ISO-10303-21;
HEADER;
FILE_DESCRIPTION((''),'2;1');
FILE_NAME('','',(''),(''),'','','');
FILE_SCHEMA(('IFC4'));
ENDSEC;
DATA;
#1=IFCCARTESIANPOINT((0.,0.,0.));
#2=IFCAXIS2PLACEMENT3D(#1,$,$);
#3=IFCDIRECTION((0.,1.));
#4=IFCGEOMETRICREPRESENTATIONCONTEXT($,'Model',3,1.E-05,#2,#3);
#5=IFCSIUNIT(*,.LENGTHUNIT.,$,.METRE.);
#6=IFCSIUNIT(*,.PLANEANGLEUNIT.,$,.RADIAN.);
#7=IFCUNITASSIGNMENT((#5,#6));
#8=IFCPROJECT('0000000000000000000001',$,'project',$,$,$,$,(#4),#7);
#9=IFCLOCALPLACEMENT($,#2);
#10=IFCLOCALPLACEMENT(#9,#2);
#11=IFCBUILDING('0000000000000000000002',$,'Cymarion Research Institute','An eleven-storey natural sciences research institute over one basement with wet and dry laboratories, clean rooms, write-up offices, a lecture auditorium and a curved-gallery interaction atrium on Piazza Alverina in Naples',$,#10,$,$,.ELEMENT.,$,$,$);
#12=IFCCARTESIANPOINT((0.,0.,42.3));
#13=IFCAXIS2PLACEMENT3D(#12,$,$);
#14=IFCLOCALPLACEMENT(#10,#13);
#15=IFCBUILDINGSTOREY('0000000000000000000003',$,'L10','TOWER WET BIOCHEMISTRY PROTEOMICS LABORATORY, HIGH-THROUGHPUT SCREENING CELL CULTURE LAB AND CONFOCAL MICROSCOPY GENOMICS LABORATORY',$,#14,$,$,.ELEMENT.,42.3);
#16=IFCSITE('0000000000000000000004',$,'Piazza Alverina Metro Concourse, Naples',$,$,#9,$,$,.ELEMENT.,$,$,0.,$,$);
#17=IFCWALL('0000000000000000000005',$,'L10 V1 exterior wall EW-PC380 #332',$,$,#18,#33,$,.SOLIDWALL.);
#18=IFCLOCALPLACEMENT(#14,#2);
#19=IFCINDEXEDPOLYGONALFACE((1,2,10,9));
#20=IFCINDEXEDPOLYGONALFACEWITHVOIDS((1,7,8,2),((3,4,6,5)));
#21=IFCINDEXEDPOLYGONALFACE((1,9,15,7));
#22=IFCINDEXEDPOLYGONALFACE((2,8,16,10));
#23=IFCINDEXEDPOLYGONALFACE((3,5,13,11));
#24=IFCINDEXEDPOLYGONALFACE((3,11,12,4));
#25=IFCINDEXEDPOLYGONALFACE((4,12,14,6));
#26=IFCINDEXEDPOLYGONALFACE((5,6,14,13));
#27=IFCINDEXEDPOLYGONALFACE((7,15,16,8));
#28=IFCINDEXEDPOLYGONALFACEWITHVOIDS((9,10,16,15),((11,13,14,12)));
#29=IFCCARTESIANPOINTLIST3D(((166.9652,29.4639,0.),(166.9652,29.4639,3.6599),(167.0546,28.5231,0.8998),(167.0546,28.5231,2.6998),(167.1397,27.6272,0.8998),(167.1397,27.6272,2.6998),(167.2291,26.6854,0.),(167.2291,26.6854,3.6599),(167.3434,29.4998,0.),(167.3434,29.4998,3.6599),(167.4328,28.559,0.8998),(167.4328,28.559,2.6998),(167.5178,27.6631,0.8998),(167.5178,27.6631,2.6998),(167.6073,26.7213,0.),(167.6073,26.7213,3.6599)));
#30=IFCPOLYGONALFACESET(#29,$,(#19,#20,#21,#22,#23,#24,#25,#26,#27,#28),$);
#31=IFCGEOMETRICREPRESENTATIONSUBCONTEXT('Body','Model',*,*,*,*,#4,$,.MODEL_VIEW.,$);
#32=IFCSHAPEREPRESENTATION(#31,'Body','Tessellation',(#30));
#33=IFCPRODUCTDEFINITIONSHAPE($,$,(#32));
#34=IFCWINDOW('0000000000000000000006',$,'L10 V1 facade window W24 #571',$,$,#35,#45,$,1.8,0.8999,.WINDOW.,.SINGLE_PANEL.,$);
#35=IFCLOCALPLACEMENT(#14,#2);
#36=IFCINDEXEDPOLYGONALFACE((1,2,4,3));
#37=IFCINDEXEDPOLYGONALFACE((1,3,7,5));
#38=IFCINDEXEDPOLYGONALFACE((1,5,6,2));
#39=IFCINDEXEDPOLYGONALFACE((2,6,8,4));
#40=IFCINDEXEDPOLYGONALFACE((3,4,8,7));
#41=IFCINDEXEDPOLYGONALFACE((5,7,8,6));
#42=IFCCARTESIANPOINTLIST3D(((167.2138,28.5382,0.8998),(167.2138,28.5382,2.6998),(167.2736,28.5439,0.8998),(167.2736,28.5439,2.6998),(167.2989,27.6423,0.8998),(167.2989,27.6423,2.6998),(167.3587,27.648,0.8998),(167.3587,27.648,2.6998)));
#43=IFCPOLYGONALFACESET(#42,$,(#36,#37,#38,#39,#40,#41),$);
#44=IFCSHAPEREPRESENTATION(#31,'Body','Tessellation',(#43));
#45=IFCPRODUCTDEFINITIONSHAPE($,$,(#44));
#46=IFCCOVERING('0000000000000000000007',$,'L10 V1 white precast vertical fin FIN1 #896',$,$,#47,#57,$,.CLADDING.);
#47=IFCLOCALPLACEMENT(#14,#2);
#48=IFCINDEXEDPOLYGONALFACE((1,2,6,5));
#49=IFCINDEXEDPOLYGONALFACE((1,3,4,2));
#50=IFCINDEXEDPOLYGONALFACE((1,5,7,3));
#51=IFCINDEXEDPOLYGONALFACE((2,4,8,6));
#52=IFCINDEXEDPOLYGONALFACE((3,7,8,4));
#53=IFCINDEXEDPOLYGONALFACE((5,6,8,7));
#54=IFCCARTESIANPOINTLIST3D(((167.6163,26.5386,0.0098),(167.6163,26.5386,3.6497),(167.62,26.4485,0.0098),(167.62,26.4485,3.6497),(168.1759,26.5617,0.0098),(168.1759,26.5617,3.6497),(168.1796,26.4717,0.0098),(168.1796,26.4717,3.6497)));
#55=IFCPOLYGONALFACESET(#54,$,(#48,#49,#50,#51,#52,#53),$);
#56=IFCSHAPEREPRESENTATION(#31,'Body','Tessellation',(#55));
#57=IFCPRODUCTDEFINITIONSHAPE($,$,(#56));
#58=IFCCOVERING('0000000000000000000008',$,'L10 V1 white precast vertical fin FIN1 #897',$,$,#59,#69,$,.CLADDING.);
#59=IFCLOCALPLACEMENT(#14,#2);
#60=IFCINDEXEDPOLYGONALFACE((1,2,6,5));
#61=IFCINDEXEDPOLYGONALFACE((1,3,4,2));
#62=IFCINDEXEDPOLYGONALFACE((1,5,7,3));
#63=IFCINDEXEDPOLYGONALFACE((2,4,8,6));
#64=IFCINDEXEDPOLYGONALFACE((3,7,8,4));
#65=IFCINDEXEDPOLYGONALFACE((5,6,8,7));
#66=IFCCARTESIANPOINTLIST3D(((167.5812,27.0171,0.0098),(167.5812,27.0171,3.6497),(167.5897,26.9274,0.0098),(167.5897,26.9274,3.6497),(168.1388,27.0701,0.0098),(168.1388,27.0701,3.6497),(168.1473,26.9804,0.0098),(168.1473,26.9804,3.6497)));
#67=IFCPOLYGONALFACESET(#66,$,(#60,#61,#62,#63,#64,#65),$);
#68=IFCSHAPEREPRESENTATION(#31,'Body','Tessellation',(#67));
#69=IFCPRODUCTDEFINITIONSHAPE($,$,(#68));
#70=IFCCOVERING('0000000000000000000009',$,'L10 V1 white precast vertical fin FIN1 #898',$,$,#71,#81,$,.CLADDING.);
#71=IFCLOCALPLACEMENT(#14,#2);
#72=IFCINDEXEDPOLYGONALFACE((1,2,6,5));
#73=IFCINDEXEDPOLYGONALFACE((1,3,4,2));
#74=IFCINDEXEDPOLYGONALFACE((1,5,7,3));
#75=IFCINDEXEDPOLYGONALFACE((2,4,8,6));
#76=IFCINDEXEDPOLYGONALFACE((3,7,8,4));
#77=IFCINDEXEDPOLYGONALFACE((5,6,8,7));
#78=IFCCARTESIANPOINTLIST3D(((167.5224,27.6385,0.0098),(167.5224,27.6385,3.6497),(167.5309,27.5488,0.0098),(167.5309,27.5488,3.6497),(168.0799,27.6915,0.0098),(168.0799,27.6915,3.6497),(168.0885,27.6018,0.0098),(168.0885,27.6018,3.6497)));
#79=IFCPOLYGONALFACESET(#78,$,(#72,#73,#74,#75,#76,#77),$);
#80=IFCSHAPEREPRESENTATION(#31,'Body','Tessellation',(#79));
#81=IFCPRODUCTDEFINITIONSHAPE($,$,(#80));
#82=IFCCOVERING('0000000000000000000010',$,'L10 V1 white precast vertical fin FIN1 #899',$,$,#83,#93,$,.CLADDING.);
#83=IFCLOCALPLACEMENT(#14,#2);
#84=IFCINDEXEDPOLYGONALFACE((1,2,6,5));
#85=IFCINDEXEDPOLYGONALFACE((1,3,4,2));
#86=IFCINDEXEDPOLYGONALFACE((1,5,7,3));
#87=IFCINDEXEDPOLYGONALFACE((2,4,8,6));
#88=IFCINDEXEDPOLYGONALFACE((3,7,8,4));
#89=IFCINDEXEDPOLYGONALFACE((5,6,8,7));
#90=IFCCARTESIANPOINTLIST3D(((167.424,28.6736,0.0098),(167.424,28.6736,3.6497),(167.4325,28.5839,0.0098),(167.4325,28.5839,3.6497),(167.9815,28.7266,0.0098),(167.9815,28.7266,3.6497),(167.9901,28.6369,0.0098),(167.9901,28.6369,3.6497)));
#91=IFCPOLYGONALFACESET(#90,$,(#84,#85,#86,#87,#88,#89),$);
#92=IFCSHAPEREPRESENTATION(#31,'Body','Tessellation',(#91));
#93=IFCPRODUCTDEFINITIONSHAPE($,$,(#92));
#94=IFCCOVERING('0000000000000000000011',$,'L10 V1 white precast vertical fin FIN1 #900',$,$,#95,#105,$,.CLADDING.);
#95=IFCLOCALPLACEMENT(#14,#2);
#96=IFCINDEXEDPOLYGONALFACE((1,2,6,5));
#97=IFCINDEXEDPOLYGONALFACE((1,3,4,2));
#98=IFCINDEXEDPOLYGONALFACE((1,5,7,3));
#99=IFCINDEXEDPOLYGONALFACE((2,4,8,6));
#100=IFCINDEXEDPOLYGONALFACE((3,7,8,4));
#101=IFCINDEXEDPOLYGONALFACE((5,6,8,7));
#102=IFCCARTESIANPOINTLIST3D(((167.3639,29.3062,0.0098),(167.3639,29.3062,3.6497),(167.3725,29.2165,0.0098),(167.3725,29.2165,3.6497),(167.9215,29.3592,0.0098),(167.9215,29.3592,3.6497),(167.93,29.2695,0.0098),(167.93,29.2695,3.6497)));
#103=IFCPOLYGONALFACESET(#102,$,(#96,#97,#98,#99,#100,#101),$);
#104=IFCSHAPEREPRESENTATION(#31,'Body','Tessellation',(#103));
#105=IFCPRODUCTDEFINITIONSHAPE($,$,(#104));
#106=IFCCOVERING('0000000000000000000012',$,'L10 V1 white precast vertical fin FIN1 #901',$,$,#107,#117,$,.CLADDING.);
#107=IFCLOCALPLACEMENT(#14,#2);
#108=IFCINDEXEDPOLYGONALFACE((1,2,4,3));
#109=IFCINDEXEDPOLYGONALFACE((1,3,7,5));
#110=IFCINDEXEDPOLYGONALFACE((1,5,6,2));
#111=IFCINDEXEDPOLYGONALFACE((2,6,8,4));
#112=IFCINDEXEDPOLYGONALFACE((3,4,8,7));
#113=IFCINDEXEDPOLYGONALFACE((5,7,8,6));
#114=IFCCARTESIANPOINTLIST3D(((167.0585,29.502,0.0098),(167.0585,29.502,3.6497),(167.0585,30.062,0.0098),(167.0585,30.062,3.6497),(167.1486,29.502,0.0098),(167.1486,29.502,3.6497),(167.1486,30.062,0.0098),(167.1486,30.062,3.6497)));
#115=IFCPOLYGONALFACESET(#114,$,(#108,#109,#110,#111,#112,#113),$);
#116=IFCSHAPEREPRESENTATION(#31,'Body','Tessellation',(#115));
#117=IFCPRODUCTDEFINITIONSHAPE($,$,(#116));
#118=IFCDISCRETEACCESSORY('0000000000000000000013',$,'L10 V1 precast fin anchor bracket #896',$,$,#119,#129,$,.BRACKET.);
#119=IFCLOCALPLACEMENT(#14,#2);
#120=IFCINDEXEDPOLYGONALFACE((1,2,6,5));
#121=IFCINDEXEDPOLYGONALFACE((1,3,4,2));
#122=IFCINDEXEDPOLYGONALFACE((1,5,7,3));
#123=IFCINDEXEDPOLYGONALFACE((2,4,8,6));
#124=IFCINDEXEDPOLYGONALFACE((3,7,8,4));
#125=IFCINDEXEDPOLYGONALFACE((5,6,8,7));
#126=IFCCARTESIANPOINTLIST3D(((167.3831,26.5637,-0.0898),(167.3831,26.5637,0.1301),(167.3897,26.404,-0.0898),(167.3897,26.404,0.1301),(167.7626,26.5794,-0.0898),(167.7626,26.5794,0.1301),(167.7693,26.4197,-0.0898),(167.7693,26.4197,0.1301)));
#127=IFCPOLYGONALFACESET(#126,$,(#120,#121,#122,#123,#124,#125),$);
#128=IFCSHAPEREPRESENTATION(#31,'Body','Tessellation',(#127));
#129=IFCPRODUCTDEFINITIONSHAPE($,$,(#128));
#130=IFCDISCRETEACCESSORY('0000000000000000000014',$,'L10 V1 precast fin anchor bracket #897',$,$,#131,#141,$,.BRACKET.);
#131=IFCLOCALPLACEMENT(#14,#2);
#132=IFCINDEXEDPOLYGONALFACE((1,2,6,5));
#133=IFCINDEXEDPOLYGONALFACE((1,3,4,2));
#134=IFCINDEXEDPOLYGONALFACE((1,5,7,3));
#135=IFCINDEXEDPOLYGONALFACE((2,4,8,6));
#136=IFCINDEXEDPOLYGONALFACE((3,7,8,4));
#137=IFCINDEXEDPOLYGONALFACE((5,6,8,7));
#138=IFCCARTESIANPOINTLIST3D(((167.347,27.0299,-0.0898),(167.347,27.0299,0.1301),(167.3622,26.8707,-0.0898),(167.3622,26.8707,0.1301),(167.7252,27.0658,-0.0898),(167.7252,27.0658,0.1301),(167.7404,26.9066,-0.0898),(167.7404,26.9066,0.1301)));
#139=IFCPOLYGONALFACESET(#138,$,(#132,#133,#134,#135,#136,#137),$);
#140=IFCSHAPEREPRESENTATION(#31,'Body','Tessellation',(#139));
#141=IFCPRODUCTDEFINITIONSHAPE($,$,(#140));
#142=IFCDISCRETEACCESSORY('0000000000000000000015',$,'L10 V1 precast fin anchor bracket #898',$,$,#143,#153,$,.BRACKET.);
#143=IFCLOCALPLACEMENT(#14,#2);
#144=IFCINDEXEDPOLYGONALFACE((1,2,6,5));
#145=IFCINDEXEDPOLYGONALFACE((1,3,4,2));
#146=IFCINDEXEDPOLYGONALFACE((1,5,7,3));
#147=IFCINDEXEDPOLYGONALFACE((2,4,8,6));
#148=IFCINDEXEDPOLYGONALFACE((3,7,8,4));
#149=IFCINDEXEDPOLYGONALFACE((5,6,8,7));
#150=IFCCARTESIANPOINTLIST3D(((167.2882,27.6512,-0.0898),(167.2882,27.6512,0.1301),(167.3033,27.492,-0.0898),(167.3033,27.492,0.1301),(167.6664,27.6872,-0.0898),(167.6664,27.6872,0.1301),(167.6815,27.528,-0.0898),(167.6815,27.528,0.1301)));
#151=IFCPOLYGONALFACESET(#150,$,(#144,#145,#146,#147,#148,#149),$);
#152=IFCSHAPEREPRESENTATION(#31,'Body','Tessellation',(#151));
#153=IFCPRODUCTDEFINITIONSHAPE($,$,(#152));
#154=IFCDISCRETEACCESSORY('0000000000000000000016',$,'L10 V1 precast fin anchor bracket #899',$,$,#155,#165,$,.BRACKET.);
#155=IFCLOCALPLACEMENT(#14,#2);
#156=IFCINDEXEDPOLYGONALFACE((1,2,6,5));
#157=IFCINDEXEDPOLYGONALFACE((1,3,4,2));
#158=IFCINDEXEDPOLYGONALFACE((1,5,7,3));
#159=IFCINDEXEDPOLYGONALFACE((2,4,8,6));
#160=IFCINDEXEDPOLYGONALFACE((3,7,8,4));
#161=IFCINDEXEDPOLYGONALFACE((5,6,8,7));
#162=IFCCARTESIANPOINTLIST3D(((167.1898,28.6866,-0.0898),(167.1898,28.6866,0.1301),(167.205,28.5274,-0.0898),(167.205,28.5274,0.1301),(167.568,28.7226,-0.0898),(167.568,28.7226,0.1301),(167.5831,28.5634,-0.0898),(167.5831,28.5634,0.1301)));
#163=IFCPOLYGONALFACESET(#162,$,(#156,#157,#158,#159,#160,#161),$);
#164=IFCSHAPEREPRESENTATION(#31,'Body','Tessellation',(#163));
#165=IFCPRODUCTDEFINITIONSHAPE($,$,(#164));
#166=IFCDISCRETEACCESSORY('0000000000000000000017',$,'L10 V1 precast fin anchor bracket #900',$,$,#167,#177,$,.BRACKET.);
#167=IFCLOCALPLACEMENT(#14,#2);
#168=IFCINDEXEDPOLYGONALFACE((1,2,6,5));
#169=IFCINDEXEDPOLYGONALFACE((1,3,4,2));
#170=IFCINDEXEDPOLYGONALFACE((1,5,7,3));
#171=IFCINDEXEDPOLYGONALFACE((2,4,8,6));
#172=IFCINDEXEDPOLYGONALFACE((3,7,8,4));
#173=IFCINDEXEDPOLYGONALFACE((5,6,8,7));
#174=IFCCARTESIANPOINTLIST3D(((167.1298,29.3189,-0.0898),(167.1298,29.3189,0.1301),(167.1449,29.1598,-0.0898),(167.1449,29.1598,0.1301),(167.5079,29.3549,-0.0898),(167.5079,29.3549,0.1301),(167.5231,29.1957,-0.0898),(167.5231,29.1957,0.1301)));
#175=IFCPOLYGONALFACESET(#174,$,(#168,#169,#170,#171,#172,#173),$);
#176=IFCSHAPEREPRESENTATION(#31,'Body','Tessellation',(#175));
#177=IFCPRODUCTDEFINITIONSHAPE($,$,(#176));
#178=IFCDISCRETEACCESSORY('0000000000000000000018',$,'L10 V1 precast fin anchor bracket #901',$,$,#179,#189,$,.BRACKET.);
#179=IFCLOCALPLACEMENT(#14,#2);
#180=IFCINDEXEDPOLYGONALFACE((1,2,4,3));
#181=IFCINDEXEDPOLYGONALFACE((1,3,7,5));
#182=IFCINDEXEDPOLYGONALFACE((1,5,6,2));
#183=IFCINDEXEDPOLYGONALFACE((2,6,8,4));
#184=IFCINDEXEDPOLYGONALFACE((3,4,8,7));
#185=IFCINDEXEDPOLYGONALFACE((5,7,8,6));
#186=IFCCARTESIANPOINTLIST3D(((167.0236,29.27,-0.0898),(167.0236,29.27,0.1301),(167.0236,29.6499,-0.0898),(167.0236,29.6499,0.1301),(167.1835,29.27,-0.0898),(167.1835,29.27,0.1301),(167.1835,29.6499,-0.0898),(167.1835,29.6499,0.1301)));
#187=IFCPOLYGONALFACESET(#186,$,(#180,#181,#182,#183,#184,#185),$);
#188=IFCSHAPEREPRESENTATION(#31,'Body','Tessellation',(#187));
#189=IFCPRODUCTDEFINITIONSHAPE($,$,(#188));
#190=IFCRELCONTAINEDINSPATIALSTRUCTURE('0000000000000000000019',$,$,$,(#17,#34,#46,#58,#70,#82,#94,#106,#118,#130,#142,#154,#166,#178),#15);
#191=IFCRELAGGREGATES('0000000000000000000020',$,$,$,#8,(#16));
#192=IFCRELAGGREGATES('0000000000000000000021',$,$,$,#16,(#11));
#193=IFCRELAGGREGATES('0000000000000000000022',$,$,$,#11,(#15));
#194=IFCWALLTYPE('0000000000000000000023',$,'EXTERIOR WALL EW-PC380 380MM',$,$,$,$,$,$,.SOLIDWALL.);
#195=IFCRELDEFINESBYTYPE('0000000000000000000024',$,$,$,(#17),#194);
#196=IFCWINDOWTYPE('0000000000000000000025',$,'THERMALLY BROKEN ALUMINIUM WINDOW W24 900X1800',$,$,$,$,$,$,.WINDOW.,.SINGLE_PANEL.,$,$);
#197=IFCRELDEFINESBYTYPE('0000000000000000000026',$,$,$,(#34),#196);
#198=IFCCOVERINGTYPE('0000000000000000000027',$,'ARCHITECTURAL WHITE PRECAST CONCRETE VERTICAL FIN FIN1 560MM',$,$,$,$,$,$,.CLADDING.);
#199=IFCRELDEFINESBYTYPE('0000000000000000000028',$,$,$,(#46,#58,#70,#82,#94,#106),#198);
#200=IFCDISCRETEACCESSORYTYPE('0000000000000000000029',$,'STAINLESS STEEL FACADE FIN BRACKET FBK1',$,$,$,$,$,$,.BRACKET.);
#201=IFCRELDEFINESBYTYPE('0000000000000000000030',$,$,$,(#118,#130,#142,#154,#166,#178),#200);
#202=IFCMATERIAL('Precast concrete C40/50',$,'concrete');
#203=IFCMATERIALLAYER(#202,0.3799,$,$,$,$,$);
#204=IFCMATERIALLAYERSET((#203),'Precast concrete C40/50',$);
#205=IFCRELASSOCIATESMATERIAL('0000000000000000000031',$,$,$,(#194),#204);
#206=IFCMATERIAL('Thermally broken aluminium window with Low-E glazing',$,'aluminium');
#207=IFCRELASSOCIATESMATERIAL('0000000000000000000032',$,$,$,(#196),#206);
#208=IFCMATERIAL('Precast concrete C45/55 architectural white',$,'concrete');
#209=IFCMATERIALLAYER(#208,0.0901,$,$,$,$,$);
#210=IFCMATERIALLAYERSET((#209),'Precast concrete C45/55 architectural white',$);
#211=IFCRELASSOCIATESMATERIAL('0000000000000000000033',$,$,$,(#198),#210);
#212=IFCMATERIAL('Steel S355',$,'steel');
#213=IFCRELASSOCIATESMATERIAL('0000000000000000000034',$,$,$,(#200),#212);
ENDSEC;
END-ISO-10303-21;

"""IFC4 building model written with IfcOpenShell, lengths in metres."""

from ifc_helpers import new_model, si_unit, direction, frame, frame_2d, origin, origin_2d, place, context, subcontext, project, spatial, rectangle, extrude, material, layer, layer_set, type_object, element, fill, save


model = new_model("IFC4")

# Units and contexts
model_context = context("Model", 3, precision=1e-05, world=origin(), true_north=direction((0.0, 1.0)))
body_context = subcontext(model_context, "Body", "Model", "MODEL_VIEW")
ifc_project = project(units=[si_unit("LENGTHUNIT", "METRE"), si_unit("PLANEANGLEUNIT", "RADIAN")], contexts=[model_context])

# Site, building, storey
site_placement = place(None, origin())
site = spatial("IfcSite", under=ifc_project, at=site_placement, Name="Piazza Alverina Metro Concourse, Naples", CompositionType="ELEMENT", RefElevation=0.0)
building_placement = place(site_placement, origin())
building = spatial("IfcBuilding", under=site, at=building_placement, Name="Cymarion Research Institute", Description="An eleven-storey natural sciences research institute over one basement with wet and dry laboratories, clean rooms, write-up offices, a lecture auditorium and a curved-gallery interaction atrium on Piazza Alverina in Naples", CompositionType="ELEMENT")
storey_placement = place(building_placement, frame((0.0, 0.0, 42.3)))
storey = spatial("IfcBuildingStorey", under=building, at=storey_placement, Name="L10", Description="TOWER WET BIOCHEMISTRY PROTEOMICS LABORATORY, HIGH-THROUGHPUT SCREENING CELL CULTURE LAB AND CONFOCAL MICROSCOPY GENOMICS LABORATORY", CompositionType="ELEMENT", Elevation=42.3)

# Wall, opening, window
ifc_material_1 = material(Name="Precast concrete C40/50", Category="concrete")
ifc_layer_1 = layer(ifc_material_1, 0.3799)
ifc_layer_set_1 = layer_set([ifc_layer_1], Name="Precast concrete C40/50")
wall_type = type_object("IfcWallType", Name="EXTERIOR WALL EW-PC380 380MM", PredefinedType="SOLIDWALL", material=ifc_layer_set_1)
wall_placement = place(storey_placement, frame((167.4182, 26.7034, 0.0), z_axis=(0.0, 0.0, 1.0), x_axis=(-0.094557, 0.995519, 0.0)))
wall = element("IfcWall", 1, at=wall_placement, inside=storey, type_object=wall_type, Name="L10 V1 exterior wall EW-PC380 #332", PredefinedType="SOLIDWALL", context=body_context, shape_type="SweptSolid", body=[
    extrude(rectangle(XDim=2.791, YDim=0.3799, at=frame_2d((1.3955, 0.0))), origin(), (0.0, 0.0, 1.0), 3.6599),
])
opening_placement = place(wall_placement, frame((0.946, 0.0, 0.8999)))
opening = element("IfcOpeningElement", 2, at=opening_placement, cuts=wall, PredefinedType="OPENING", context=body_context, shape_type="SweptSolid", body=[
    extrude(rectangle(XDim=0.8999, YDim=1.8, at=frame_2d((0.45, 0.8999))), frame((0.0, 0.2, 0.0), z_axis=(0.0, -1.0, 0.0), x_axis=(1.0, 0.0, 0.0)), (0.0, 0.0, 1.0), 0.3999),
])
ifc_material_2 = material(Name="Thermally broken aluminium window with Low-E glazing", Category="aluminium")
window_type = type_object("IfcWindowType", Name="THERMALLY BROKEN ALUMINIUM WINDOW W24 900X1800", PartitioningType="SINGLE_PANEL", PredefinedType="WINDOW", material=ifc_material_2)
window_placement = place(opening_placement, origin())
window = element("IfcWindow", 3, at=window_placement, inside=storey, type_object=window_type, Name="L10 V1 facade window W24 #571", OverallHeight=1.8, OverallWidth=0.8999, PartitioningType="SINGLE_PANEL", PredefinedType="WINDOW", context=body_context, shape_type="SweptSolid", body=[
    extrude(rectangle(XDim=0.8999, YDim=1.8, at=frame_2d((0.45, 0.8999))), frame((0.0, 0.03, 0.0), z_axis=(0.0, -1.0, 0.0), x_axis=(1.0, 0.0, 0.0)), (0.0, 0.0, 1.0), 0.0601),
])
fill(opening, window)

# Coverings
ifc_material_3 = material(Name="Precast concrete C45/55 architectural white", Category="concrete")
ifc_layer_2 = layer(ifc_material_3, 0.0901)
ifc_layer_set_2 = layer_set([ifc_layer_2], Name="Precast concrete C45/55 architectural white")
covering_type = type_object("IfcCoveringType", Name="ARCHITECTURAL WHITE PRECAST CONCRETE VERTICAL FIN FIN1 560MM", PredefinedType="CLADDING", material=ifc_layer_set_2)
for number, where, z_axis, x_axis, name in (
    (4, (167.8979, 26.5051, 0.0098), (0.0, 0.0, 1.0), (0.999145, 0.041353, 0.0), "L10 V1 white precast vertical fin FIN1 #896"),
    (5, (167.8643, 26.9988, 0.0098), (0.0, 0.0, 1.0), (0.995513, 0.09463, 0.0), "L10 V1 white precast vertical fin FIN1 #897"),
    (6, (167.8054, 27.6201, 0.0098), (0.0, 0.0, 1.0), (0.995513, 0.09463, 0.0), "L10 V1 white precast vertical fin FIN1 #898"),
    (7, (167.707, 28.6553, 0.0098), (0.0, 0.0, 1.0), (0.995513, 0.09463, 0.0), "L10 V1 white precast vertical fin FIN1 #899"),
    (8, (167.647, 29.2878, 0.0098), (0.0, 0.0, 1.0), (0.995513, 0.09463, 0.0), "L10 V1 white precast vertical fin FIN1 #900"),
    (9, (167.1035, 29.782, 0.0098), (0.0, 0.0, 1.0), (0.0, 1.0, 0.0), "L10 V1 white precast vertical fin FIN1 #901"),
):
    element("IfcCovering", number, at=place(storey_placement, frame(where, z_axis=z_axis, x_axis=x_axis)), inside=storey, type_object=covering_type, Name=name, PredefinedType="CLADDING", context=body_context, shape_type="SweptSolid", body=[
        extrude(rectangle(XDim=0.5601, YDim=0.0901, at=origin_2d()), origin(), (0.0, 0.0, 1.0), 3.6399),
    ])

# Discrete accessories
ifc_material_4 = material(Name="Steel S355", Category="steel")
discrete_accessory_type = type_object("IfcDiscreteAccessoryType", Name="STAINLESS STEEL FACADE FIN BRACKET FBK1", PredefinedType="BRACKET", material=ifc_material_4)
for number, where, z_axis, x_axis, name in (
    (10, (167.5762, 26.4917, -0.0898), (0.0, 0.0, 1.0), (0.999145, 0.041353, 0.0), "L10 V1 precast fin anchor bracket #896"),
    (11, (167.5437, 26.9683, -0.0898), (0.0, 0.0, 1.0), (0.995513, 0.09463, 0.0), "L10 V1 precast fin anchor bracket #897"),
    (12, (167.4849, 27.5896, -0.0898), (0.0, 0.0, 1.0), (0.995513, 0.09463, 0.0), "L10 V1 precast fin anchor bracket #898"),
    (13, (167.3865, 28.625, -0.0898), (0.0, 0.0, 1.0), (0.995513, 0.09463, 0.0), "L10 V1 precast fin anchor bracket #899"),
    (14, (167.3264, 29.2573, -0.0898), (0.0, 0.0, 1.0), (0.995513, 0.09463, 0.0), "L10 V1 precast fin anchor bracket #900"),
    (15, (167.1035, 29.46, -0.0898), (0.0, 0.0, 1.0), (0.0, 1.0, 0.0), "L10 V1 precast fin anchor bracket #901"),
):
    element("IfcDiscreteAccessory", number, at=place(storey_placement, frame(where, z_axis=z_axis, x_axis=x_axis)), inside=storey, type_object=discrete_accessory_type, Name=name, PredefinedType="BRACKET", context=body_context, shape_type="SweptSolid", body=[
        extrude(rectangle(XDim=0.3799, YDim=0.1599, at=origin_2d()), origin(), (0.0, 0.0, 1.0), 0.22),
    ])

save(model, "model.ifc")
